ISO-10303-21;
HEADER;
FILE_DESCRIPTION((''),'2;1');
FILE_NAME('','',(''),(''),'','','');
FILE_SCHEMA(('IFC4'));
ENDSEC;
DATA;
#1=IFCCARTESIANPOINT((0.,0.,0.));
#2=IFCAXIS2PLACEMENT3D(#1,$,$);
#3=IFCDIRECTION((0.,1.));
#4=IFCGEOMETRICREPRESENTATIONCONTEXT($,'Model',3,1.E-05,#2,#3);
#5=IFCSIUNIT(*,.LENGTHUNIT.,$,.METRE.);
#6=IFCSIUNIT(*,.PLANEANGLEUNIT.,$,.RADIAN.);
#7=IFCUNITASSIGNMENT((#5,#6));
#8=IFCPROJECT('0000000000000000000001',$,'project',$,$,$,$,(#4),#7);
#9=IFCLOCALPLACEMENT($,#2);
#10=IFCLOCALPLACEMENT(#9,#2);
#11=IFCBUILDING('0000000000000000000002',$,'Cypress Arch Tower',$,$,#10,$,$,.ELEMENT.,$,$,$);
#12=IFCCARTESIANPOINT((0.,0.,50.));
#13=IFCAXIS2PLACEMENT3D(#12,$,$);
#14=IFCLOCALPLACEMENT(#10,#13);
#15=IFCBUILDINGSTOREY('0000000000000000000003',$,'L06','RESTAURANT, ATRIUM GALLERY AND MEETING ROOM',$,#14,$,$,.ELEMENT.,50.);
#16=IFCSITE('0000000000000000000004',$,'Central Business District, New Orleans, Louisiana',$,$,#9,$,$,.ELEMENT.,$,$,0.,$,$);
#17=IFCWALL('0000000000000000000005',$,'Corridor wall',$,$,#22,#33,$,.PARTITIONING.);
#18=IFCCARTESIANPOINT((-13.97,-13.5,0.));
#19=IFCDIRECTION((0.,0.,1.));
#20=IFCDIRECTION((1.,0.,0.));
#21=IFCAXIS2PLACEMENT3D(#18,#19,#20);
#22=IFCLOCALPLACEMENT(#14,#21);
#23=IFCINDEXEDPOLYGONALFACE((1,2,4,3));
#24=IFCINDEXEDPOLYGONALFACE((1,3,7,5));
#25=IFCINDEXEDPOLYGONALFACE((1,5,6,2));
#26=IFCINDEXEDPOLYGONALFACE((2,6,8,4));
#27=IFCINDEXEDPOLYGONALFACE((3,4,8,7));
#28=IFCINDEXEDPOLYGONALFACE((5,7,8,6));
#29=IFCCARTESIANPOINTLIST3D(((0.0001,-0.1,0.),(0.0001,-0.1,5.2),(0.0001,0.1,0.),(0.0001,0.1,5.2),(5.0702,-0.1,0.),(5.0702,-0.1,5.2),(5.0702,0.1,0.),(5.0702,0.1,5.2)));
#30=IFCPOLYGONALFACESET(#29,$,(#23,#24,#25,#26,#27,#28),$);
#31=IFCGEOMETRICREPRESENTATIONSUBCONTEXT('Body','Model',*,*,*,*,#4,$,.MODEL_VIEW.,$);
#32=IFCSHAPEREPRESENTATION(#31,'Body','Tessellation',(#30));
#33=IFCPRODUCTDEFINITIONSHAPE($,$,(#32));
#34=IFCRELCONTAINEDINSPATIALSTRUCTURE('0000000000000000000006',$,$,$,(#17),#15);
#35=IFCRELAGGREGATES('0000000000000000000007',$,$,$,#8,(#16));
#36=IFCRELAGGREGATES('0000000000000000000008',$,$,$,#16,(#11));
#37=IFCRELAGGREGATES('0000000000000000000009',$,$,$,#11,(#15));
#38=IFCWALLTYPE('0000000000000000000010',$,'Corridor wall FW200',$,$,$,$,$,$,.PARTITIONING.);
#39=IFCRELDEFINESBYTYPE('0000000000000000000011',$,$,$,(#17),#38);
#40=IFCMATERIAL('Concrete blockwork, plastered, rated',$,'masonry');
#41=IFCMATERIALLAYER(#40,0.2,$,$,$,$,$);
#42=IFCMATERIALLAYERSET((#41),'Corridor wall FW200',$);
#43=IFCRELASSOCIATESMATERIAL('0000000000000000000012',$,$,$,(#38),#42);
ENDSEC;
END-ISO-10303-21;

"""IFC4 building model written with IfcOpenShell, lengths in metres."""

from ifc_helpers import new_model, si_unit, direction, frame, frame_2d, origin, place, context, subcontext, project, spatial, rectangle, extrude, material, layer, layer_set, type_object, element, save


model = new_model("IFC4")

# Units and contexts
model_context = context("Model", 3, precision=1e-05, world=origin(), true_north=direction((0.0, 1.0)))
body_context = subcontext(model_context, "Body", "Model", "MODEL_VIEW")
ifc_project = project(units=[si_unit("LENGTHUNIT", "METRE"), si_unit("PLANEANGLEUNIT", "RADIAN")], contexts=[model_context])

# Site, building, storey
site_placement = place(None, origin())
site = spatial("IfcSite", under=ifc_project, at=site_placement, Name="Central Business District, New Orleans, Louisiana", CompositionType="ELEMENT", RefElevation=0.0)
building_placement = place(site_placement, origin())
building = spatial("IfcBuilding", under=site, at=building_placement, Name="Cypress Arch Tower", CompositionType="ELEMENT")
storey_placement = place(building_placement, frame((0.0, 0.0, 50.0)))
storey = spatial("IfcBuildingStorey", under=building, at=storey_placement, Name="L06", Description="RESTAURANT, ATRIUM GALLERY AND MEETING ROOM", CompositionType="ELEMENT", Elevation=50.0)

# Wall
ifc_material_1 = material(Name="Concrete blockwork, plastered, rated", Category="masonry")
ifc_layer_1 = layer(ifc_material_1, 0.2)
ifc_layer_set_1 = layer_set([ifc_layer_1], Name="Corridor wall FW200")
wall_type_1 = type_object("IfcWallType", Name="Corridor wall FW200", PredefinedType="PARTITIONING", material=ifc_layer_set_1)
wall_1_placement = place(storey_placement, frame((-13.97, -13.5, 0.0), z_axis=(0.0, 0.0, 1.0), x_axis=(1.0, 0.0, 0.0)))
element("IfcWall", 1, at=wall_1_placement, inside=storey, type_object=wall_type_1, Name="Corridor wall", PredefinedType="PARTITIONING", context=body_context, shape_type="SweptSolid", body=[
    extrude(rectangle(XDim=5.0701, YDim=0.2, at=frame_2d((2.5352, 0.0))), origin(), (0.0, 0.0, 1.0), 5.2),
])

save(model, "model.ifc")
